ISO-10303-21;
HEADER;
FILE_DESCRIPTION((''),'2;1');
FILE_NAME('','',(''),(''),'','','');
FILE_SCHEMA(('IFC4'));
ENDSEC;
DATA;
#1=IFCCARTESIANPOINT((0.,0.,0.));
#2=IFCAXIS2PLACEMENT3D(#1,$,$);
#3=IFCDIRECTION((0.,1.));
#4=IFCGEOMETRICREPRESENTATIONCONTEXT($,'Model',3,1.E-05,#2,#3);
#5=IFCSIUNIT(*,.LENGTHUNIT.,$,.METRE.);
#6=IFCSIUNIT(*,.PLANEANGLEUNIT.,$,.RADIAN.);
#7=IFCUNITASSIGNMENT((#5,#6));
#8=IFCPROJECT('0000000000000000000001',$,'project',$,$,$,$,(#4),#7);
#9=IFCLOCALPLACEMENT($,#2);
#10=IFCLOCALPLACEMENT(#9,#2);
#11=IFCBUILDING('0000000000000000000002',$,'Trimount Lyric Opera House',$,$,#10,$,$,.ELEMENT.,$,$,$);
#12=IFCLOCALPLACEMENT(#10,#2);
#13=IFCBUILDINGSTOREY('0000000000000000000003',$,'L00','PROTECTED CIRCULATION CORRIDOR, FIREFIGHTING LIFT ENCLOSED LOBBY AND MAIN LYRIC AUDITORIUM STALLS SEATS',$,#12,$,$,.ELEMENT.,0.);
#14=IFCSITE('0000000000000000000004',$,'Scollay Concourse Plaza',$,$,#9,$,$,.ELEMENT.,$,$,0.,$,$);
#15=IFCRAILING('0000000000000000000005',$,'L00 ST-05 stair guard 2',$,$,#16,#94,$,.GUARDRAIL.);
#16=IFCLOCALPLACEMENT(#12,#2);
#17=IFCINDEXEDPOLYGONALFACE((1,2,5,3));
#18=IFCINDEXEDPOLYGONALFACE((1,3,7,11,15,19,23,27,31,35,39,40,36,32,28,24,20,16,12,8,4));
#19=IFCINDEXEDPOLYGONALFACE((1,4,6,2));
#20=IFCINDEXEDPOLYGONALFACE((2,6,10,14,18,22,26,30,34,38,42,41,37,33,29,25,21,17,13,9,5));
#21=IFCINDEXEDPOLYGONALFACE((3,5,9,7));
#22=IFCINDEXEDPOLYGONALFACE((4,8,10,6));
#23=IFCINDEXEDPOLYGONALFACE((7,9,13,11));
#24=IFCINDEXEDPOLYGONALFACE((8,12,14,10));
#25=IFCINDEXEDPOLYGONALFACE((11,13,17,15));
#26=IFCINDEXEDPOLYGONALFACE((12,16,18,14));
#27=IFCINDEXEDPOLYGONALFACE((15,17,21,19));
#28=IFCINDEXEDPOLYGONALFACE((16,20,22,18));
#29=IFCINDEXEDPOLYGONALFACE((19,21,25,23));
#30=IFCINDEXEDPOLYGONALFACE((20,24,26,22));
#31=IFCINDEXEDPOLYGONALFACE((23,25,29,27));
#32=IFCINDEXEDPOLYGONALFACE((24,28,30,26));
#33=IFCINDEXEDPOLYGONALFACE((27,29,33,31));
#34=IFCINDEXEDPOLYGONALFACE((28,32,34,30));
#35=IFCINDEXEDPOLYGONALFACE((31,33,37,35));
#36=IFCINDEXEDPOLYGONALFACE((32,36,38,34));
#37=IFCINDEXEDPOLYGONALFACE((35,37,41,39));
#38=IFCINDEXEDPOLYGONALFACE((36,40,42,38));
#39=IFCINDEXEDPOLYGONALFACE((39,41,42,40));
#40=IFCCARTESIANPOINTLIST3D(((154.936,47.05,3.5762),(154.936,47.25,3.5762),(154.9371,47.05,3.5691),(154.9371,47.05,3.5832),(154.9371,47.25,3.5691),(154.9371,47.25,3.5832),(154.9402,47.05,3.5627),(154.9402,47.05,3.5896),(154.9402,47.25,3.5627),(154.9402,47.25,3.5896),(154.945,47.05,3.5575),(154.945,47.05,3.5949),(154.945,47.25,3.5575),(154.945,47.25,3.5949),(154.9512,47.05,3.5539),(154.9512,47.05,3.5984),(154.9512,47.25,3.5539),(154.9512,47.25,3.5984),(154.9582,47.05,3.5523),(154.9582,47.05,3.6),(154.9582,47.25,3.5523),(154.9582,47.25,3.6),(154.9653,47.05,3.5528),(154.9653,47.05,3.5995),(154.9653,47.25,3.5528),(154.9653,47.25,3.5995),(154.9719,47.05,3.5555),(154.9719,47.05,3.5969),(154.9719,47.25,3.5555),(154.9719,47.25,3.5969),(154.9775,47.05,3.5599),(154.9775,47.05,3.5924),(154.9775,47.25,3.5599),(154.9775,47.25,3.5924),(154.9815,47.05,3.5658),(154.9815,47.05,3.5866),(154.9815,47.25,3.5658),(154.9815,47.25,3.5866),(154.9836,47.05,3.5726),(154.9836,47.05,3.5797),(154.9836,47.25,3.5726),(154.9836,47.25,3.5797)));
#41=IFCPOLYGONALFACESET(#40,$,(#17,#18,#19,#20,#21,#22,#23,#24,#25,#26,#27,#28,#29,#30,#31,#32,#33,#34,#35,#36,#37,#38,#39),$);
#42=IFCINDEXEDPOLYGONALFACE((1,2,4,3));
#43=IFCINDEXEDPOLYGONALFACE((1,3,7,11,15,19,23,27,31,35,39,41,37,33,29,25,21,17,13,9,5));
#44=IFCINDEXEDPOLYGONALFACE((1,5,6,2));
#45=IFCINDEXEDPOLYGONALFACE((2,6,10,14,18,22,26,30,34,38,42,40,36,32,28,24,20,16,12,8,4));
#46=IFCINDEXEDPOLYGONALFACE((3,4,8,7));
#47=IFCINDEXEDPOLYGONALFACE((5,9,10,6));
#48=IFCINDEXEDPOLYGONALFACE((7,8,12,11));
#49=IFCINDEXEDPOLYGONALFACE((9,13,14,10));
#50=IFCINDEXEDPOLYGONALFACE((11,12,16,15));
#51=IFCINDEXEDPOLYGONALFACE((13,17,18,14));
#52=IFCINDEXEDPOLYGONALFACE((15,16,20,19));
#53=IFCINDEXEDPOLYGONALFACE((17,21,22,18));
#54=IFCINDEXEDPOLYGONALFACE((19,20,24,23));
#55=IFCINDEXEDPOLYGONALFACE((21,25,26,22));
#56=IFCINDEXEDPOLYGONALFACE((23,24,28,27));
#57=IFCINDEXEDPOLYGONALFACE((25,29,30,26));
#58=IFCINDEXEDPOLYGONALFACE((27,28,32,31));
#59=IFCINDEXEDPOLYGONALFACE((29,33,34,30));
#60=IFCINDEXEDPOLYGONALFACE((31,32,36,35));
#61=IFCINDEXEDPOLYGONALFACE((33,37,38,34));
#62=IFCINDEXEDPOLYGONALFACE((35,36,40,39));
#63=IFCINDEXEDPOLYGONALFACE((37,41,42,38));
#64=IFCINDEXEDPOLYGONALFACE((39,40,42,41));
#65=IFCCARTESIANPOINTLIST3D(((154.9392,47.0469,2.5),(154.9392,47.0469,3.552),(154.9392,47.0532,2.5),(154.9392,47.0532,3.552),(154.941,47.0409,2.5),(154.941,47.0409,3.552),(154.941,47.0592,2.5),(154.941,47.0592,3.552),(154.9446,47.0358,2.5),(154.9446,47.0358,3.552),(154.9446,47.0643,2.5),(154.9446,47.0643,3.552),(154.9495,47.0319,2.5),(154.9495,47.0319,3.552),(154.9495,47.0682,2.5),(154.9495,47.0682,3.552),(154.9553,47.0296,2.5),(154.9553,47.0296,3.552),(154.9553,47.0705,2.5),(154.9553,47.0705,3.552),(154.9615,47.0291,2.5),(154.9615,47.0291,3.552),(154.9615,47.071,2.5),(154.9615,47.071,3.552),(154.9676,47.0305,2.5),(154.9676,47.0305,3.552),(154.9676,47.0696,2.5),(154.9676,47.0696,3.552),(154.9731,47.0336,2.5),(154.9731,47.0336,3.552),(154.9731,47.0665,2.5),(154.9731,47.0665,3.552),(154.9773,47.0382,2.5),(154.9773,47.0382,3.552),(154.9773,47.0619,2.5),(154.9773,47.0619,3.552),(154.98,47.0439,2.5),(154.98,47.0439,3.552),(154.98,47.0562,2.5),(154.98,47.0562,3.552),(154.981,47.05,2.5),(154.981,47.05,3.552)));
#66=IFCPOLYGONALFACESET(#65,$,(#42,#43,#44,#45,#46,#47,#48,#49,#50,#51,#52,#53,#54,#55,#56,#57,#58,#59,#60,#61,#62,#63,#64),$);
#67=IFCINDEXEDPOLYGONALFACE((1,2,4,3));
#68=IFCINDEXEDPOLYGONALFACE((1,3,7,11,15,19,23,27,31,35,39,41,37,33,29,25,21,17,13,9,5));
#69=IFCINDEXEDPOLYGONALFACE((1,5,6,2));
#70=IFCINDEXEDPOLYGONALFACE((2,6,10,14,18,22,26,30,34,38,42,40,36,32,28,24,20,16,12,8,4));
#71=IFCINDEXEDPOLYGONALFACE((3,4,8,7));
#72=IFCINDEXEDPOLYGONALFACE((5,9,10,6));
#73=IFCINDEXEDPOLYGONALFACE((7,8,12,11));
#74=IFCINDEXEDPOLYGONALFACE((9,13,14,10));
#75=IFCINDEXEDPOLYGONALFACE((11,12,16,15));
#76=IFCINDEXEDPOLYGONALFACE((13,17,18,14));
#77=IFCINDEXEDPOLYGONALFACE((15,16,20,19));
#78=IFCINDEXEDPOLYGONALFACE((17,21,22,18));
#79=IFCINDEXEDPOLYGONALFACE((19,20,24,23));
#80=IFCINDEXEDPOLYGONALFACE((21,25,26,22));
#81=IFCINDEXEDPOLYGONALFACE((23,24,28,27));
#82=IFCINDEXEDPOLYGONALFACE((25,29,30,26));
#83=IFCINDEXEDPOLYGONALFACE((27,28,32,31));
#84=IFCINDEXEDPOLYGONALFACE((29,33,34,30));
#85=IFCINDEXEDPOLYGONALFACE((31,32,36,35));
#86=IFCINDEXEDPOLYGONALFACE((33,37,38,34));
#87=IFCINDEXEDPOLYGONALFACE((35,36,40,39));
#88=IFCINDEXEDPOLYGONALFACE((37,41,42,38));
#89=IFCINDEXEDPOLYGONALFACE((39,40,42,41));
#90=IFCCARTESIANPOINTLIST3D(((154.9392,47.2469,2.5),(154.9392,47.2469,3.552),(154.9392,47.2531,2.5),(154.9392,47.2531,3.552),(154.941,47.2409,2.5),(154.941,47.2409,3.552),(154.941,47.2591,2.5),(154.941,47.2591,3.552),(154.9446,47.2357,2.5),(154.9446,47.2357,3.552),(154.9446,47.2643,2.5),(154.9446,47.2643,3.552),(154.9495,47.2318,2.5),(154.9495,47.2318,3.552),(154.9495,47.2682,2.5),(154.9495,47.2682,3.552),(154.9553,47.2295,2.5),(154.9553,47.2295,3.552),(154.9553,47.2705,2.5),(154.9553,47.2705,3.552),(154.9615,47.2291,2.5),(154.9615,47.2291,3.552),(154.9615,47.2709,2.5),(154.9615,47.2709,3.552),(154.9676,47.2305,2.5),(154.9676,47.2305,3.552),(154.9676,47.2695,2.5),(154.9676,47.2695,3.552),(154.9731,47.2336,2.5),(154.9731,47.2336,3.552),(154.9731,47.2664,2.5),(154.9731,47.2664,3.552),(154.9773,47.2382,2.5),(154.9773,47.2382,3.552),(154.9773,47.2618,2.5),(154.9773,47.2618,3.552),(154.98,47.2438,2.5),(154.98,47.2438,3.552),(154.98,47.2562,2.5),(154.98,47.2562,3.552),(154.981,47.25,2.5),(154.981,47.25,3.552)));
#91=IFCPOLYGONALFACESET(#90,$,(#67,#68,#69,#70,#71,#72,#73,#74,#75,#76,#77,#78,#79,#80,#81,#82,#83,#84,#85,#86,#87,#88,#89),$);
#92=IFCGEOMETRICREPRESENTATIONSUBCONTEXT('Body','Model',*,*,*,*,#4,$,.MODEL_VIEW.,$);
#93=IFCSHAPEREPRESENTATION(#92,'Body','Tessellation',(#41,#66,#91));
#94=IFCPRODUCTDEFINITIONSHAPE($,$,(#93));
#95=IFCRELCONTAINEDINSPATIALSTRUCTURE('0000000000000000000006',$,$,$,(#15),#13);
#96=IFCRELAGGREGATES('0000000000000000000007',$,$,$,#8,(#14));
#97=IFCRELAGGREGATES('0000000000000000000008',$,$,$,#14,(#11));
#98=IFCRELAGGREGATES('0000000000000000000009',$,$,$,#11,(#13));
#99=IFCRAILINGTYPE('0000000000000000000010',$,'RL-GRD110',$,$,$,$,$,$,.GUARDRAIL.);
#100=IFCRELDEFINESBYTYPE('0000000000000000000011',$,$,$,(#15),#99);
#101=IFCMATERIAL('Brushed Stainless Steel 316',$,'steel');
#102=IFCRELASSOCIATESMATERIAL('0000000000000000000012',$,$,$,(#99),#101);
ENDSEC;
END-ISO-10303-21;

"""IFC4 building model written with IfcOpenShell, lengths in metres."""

from ifc_helpers import new_model, si_unit, direction, frame, origin, origin_2d, place, context, subcontext, project, spatial, circle, extrude, material, type_object, element, save


model = new_model("IFC4")

# Units and contexts
model_context = context("Model", 3, precision=1e-05, world=origin(), true_north=direction((0.0, 1.0)))
body_context = subcontext(model_context, "Body", "Model", "MODEL_VIEW")
ifc_project = project(units=[si_unit("LENGTHUNIT", "METRE"), si_unit("PLANEANGLEUNIT", "RADIAN")], contexts=[model_context])

# Site, building, storey
site_placement = place(None, origin())
site = spatial("IfcSite", under=ifc_project, at=site_placement, Name="Scollay Concourse Plaza", CompositionType="ELEMENT", RefElevation=0.0)
building_placement = place(site_placement, origin())
building = spatial("IfcBuilding", under=site, at=building_placement, Name="Trimount Lyric Opera House", CompositionType="ELEMENT")
storey_placement = place(building_placement, origin())
storey = spatial("IfcBuildingStorey", under=building, at=storey_placement, Name="L00", Description="PROTECTED CIRCULATION CORRIDOR, FIREFIGHTING LIFT ENCLOSED LOBBY AND MAIN LYRIC AUDITORIUM STALLS SEATS", CompositionType="ELEMENT", Elevation=0.0)

# Railing
ifc_material_1 = material(Name="Brushed Stainless Steel 316", Category="steel")
railing_type_1 = type_object("IfcRailingType", Name="RL-GRD110", PredefinedType="GUARDRAIL", material=ifc_material_1)
railing_1_placement = place(storey_placement, frame((154.96, 47.05, 2.5)))
element("IfcRailing", 1, at=railing_1_placement, inside=storey, type_object=railing_type_1, Name="L00 ST-05 stair guard 2", PredefinedType="GUARDRAIL", context=body_context, shape_type="SweptSolid", body=[
    extrude(circle(Radius=0.0239, at=origin_2d()), frame((0.0, 0.0, 1.0762), z_axis=(0.0, 1.0, 0.0), x_axis=(-1.0, 0.0, 0.0)), (0.0, 0.0, 1.0), 0.2),
    extrude(circle(Radius=0.021, at=origin_2d()), origin(), (0.0, 0.0, 1.0), 1.052),
    extrude(circle(Radius=0.021, at=origin_2d()), frame((0.0, 0.2, 0.0)), (0.0, 0.0, 1.0), 1.052),
])

save(model, "model.ifc")
